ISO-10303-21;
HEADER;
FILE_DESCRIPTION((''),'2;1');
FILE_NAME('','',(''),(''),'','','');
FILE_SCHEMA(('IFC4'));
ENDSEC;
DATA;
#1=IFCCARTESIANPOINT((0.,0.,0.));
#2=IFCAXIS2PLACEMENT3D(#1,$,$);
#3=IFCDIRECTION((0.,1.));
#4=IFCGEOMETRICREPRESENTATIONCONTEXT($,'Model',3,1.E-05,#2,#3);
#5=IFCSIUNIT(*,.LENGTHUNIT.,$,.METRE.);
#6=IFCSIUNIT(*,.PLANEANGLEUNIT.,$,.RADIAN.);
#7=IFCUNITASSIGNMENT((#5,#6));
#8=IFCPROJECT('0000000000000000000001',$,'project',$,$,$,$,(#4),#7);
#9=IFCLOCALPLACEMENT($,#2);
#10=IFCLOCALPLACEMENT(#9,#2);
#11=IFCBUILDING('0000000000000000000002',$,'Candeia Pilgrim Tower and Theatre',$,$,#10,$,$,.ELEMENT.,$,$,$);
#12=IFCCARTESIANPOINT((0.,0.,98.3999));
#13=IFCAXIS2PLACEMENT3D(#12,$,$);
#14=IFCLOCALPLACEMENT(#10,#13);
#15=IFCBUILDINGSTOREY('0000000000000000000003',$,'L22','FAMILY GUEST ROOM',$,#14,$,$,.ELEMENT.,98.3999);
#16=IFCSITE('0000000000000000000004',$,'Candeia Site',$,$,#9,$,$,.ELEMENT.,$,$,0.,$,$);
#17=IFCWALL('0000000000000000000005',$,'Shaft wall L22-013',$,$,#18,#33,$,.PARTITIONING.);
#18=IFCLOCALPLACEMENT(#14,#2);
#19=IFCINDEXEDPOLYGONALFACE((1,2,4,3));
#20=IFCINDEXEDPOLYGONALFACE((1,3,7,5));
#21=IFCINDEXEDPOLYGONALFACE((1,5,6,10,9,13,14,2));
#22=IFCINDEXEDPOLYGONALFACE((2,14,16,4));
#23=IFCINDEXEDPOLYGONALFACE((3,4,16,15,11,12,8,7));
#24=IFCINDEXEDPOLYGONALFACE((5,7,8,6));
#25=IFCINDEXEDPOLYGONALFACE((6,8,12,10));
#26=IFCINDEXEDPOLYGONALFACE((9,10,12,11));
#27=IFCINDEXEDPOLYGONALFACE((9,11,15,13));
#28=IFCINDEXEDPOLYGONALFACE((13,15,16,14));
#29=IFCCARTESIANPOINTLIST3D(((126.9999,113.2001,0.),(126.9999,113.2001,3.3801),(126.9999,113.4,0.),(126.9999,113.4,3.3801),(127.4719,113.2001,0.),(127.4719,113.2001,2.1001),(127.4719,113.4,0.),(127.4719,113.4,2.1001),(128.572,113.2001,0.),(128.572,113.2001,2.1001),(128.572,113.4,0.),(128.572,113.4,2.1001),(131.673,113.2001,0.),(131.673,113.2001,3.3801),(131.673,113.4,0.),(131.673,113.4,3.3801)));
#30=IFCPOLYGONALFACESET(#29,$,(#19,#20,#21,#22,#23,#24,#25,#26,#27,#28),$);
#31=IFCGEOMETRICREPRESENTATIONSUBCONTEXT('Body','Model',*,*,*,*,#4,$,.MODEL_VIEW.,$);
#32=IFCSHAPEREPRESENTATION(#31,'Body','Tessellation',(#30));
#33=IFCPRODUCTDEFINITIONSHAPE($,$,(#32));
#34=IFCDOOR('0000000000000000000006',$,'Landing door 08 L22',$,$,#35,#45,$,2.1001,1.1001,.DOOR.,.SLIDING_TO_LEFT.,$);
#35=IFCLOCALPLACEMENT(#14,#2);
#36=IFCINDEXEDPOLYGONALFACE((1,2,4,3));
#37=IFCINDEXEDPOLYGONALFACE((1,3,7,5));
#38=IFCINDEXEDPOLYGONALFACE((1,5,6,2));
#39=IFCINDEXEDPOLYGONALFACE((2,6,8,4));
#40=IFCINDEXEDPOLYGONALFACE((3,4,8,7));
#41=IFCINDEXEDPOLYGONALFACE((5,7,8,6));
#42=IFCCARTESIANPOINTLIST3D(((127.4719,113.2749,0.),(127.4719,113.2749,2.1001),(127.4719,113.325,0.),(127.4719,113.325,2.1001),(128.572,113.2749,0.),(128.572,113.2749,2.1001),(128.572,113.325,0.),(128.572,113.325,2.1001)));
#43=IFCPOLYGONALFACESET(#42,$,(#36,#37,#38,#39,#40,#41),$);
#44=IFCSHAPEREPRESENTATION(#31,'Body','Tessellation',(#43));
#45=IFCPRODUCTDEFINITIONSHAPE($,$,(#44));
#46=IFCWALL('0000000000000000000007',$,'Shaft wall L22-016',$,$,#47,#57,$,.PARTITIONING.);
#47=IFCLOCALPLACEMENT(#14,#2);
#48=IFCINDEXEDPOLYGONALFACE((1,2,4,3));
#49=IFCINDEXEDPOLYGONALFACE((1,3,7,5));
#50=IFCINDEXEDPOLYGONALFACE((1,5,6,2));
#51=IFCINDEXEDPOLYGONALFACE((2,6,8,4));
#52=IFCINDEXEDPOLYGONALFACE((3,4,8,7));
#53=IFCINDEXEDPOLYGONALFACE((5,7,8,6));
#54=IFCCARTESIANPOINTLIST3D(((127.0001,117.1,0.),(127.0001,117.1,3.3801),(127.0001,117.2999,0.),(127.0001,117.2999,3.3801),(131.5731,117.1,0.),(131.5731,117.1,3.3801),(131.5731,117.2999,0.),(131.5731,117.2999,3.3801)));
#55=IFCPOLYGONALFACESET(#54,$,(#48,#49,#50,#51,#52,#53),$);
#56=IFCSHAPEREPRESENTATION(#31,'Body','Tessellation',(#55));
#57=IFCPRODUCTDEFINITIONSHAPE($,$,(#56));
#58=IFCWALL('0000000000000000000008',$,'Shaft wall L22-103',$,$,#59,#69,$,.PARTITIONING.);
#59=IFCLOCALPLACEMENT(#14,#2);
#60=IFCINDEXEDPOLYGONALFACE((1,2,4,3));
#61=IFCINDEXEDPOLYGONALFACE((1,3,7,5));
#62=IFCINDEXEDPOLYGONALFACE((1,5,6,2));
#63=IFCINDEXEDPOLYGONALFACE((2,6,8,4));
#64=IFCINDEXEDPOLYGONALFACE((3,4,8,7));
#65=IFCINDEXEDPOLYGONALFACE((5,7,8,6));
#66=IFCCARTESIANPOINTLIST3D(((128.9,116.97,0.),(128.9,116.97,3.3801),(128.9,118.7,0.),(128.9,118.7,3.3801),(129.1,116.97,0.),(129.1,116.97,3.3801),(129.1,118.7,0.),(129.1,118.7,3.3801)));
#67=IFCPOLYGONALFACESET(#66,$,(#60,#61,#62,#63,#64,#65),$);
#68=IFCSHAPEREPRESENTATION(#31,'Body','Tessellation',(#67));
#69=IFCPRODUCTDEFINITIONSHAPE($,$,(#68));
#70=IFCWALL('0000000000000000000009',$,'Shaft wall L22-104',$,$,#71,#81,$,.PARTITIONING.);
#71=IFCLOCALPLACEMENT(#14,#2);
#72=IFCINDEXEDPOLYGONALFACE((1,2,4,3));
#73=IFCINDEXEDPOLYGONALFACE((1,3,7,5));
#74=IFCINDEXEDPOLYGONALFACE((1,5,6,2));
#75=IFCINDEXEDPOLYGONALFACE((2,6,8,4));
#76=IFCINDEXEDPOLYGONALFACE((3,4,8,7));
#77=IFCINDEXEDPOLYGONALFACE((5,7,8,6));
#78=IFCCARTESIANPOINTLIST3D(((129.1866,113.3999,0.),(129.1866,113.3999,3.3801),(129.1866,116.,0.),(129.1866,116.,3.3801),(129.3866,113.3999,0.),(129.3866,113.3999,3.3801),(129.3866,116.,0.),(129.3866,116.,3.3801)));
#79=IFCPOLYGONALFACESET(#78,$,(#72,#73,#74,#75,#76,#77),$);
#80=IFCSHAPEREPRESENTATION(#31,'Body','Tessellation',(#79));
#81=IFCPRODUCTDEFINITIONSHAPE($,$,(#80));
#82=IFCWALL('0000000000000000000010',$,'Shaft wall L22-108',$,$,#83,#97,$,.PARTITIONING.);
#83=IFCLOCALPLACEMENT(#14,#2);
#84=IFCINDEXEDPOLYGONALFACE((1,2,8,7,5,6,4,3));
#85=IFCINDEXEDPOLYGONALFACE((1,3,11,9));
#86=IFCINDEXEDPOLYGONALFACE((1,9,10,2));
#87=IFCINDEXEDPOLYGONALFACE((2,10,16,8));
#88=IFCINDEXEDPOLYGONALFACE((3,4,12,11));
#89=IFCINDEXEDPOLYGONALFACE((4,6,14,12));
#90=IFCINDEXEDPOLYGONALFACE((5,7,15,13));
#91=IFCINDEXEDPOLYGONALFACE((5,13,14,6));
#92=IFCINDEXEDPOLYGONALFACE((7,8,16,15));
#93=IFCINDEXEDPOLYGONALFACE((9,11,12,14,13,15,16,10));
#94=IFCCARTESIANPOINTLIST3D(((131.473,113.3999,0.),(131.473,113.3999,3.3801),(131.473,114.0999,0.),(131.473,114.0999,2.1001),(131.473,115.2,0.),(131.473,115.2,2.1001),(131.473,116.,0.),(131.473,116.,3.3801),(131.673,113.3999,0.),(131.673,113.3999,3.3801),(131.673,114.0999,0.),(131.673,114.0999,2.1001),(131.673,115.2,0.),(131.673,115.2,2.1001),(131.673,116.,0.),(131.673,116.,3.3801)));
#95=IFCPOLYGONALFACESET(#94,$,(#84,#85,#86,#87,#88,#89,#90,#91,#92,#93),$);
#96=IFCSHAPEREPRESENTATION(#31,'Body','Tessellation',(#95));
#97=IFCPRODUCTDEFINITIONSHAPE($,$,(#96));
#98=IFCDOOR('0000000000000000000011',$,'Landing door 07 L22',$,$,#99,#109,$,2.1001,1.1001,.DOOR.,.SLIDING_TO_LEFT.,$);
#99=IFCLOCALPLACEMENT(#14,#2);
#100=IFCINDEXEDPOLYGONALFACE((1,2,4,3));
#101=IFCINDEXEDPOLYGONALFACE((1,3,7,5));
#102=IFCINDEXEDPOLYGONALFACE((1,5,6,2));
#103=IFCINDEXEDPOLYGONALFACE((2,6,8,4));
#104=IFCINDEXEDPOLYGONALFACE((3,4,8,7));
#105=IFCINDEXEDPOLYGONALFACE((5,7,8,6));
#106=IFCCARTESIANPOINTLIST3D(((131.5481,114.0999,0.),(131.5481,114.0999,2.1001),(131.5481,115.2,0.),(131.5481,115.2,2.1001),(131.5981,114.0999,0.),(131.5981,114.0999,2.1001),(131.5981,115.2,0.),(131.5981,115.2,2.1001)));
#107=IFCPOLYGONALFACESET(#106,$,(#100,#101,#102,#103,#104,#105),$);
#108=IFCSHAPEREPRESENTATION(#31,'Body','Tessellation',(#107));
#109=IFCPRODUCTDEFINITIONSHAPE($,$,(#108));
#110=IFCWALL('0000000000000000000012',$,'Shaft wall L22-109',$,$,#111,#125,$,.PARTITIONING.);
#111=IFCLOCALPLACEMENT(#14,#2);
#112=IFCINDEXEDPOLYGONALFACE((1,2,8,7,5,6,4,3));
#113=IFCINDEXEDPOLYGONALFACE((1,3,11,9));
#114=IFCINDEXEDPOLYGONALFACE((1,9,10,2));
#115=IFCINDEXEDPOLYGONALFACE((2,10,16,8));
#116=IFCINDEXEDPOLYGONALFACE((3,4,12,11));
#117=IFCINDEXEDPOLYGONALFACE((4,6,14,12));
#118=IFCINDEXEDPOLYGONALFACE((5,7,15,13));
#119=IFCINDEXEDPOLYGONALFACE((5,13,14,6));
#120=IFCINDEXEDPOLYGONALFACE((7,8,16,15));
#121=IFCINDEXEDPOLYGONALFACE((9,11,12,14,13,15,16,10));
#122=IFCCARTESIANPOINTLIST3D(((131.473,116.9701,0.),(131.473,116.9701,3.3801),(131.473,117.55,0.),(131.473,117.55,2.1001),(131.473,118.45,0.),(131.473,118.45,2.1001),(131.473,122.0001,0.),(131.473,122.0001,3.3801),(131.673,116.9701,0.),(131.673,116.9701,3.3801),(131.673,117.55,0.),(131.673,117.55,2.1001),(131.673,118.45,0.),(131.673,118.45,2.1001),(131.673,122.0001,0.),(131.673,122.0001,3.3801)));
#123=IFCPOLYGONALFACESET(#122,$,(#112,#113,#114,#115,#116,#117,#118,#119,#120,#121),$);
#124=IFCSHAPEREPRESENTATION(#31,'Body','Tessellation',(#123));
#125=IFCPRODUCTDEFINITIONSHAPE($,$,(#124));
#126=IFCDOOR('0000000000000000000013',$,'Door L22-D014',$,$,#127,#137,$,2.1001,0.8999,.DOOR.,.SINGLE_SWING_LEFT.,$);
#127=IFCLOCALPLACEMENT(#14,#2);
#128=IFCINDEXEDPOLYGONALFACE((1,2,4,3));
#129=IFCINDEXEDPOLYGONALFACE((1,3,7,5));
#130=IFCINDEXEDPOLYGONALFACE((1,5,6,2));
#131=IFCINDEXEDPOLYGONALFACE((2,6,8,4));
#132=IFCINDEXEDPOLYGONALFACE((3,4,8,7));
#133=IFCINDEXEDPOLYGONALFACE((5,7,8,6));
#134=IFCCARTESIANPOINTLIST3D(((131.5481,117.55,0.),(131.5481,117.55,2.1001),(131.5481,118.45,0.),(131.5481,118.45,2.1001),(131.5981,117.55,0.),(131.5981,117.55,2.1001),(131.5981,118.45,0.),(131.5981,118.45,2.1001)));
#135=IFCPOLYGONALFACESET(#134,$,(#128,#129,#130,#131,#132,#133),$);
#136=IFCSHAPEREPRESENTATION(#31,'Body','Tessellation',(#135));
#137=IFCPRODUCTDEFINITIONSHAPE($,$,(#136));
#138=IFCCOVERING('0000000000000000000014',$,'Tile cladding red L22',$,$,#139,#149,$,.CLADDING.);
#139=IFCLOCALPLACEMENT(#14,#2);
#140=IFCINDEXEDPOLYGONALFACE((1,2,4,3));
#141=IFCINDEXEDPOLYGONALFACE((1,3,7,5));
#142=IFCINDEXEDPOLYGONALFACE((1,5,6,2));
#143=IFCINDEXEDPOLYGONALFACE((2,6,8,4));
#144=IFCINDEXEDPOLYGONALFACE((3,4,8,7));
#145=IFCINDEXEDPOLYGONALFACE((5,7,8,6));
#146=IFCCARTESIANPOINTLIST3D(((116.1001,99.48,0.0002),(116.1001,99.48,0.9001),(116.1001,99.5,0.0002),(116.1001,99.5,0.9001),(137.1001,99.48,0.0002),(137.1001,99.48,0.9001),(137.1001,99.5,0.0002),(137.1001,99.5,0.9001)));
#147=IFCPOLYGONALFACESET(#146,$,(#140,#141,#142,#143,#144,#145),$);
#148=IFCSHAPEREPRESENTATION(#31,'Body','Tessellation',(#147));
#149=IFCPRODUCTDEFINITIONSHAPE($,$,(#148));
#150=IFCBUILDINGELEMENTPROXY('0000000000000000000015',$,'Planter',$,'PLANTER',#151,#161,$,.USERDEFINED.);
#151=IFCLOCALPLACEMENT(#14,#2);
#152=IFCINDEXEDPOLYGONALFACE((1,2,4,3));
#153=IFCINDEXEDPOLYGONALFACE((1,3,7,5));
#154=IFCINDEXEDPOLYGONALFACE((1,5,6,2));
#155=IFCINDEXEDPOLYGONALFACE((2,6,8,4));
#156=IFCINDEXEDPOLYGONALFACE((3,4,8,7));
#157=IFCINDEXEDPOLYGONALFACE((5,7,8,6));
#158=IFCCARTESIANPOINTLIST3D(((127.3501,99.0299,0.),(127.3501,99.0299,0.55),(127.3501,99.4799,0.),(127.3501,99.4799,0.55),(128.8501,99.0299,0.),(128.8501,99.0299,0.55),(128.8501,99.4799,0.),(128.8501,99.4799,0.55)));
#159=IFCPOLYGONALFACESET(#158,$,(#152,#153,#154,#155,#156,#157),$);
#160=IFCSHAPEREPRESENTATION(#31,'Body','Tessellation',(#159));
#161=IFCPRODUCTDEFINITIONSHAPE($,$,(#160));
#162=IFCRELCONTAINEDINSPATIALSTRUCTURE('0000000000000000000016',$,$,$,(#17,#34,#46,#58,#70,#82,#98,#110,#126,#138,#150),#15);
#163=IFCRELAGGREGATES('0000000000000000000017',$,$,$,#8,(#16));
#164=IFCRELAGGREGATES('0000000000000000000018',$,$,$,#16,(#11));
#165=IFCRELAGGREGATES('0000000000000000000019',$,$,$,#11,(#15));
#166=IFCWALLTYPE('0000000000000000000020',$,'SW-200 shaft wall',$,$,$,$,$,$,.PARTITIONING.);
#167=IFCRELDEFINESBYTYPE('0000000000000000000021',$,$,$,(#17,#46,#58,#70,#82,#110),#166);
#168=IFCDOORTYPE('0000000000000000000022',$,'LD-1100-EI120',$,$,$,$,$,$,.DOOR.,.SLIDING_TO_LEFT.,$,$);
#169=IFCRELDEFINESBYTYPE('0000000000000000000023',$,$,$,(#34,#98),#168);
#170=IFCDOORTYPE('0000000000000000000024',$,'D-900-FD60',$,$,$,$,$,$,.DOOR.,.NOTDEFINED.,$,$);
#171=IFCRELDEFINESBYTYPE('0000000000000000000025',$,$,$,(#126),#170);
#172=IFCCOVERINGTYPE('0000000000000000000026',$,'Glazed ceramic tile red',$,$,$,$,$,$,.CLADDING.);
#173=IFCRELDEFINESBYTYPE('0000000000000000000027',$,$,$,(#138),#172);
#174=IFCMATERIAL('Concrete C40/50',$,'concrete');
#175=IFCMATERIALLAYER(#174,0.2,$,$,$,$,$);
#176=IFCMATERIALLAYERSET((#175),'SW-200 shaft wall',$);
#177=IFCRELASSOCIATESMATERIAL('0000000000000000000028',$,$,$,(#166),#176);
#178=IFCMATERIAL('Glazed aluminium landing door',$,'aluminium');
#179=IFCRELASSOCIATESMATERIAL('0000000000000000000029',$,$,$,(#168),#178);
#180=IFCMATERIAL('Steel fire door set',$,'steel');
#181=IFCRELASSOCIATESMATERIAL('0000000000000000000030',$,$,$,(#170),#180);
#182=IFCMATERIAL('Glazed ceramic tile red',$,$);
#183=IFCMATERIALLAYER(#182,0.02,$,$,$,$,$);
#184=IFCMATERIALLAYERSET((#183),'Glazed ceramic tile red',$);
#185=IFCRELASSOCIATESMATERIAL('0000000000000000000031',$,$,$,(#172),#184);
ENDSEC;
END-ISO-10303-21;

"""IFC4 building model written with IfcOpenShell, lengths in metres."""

from ifc_helpers import new_model, si_unit, direction, frame, frame_2d, origin, origin_2d, place, context, subcontext, project, spatial, rectangle, extrude, material, layer, layer_set, type_object, element, fill, save


model = new_model("IFC4")

# Units and contexts
model_context = context("Model", 3, precision=1e-05, world=origin(), true_north=direction((0.0, 1.0)))
body_context = subcontext(model_context, "Body", "Model", "MODEL_VIEW")
ifc_project = project(units=[si_unit("LENGTHUNIT", "METRE"), si_unit("PLANEANGLEUNIT", "RADIAN")], contexts=[model_context])

# Site, building, storey
site_placement = place(None, origin())
site = spatial("IfcSite", under=ifc_project, at=site_placement, Name="Candeia Site", CompositionType="ELEMENT", RefElevation=0.0)
building_placement = place(site_placement, origin())
building = spatial("IfcBuilding", under=site, at=building_placement, Name="Candeia Pilgrim Tower and Theatre", CompositionType="ELEMENT")
storey_placement = place(building_placement, frame((0.0, 0.0, 98.3999)))
storey = spatial("IfcBuildingStorey", under=building, at=storey_placement, Name="L22", Description="FAMILY GUEST ROOM", CompositionType="ELEMENT", Elevation=98.3999)

# Shared definitions
ifc_material_1 = material(Name="Steel fire door set", Category="steel")

# Wall, opening, door
ifc_material_2 = material(Name="Concrete C40/50", Category="concrete")
ifc_layer_1 = layer(ifc_material_2, 0.2)
ifc_layer_set_1 = layer_set([ifc_layer_1], Name="SW-200 shaft wall")
wall_type_1 = type_object("IfcWallType", Name="SW-200 shaft wall", PredefinedType="PARTITIONING", material=ifc_layer_set_1)
wall_1_placement = place(storey_placement, frame((127.0, 113.3, 0.0), z_axis=(0.0, 0.0, 1.0), x_axis=(1.0, 0.0, 0.0)))
wall_1 = element("IfcWall", 1, at=wall_1_placement, inside=storey, type_object=wall_type_1, Name="Shaft wall L22-013", PredefinedType="PARTITIONING", context=body_context, shape_type="SweptSolid", body=[
    extrude(rectangle(XDim=4.6731, YDim=0.2, at=frame_2d((2.3364, 0.0))), origin(), (0.0, 0.0, 1.0), 3.3801),
])
opening_1_placement = place(wall_1_placement, frame((0.4719, 0.0, 0.0)))
opening_1 = element("IfcOpeningElement", 2, at=opening_1_placement, cuts=wall_1, PredefinedType="OPENING", context=body_context, shape_type="SweptSolid", body=[
    extrude(rectangle(XDim=1.1001, YDim=2.1001, at=frame_2d((0.55, 1.05))), frame((0.0, 0.1099, 0.0), z_axis=(0.0, -1.0, 0.0), x_axis=(1.0, 0.0, 0.0)), (0.0, 0.0, 1.0), 0.22),
])
ifc_material_3 = material(Name="Glazed aluminium landing door", Category="aluminium")
door_type_1 = type_object("IfcDoorType", Name="LD-1100-EI120", OperationType="SLIDING_TO_LEFT", PredefinedType="DOOR", material=ifc_material_3)
door_1_placement = place(opening_1_placement, origin())
door_1 = element("IfcDoor", 3, at=door_1_placement, inside=storey, type_object=door_type_1, Name="Landing door 08 L22", OperationType="SLIDING_TO_LEFT", OverallHeight=2.1001, OverallWidth=1.1001, PredefinedType="DOOR", context=body_context, shape_type="SweptSolid", body=[
    extrude(rectangle(XDim=1.1001, YDim=2.1001, at=frame_2d((0.55, 1.05))), frame((0.0, 0.0249, 0.0), z_axis=(0.0, -1.0, 0.0), x_axis=(1.0, 0.0, 0.0)), (0.0, 0.0, 1.0), 0.05),
])
fill(opening_1, door_1)

# Walls
wall_2_placement = place(storey_placement, frame((127.0, 117.2, 0.0), z_axis=(0.0, 0.0, 1.0), x_axis=(1.0, 0.0, 0.0)))
element("IfcWall", 4, at=wall_2_placement, inside=storey, type_object=wall_type_1, Name="Shaft wall L22-016", PredefinedType="PARTITIONING", context=body_context, shape_type="SweptSolid", body=[
    extrude(rectangle(XDim=4.573, YDim=0.2, at=frame_2d((2.2866, 0.0))), origin(), (0.0, 0.0, 1.0), 3.3801),
])
wall_3_placement = place(storey_placement, frame((129.0, 116.97, 0.0), z_axis=(0.0, 0.0, 1.0), x_axis=(0.0, 1.0, 0.0)))
element("IfcWall", 5, at=wall_3_placement, inside=storey, type_object=wall_type_1, Name="Shaft wall L22-103", PredefinedType="PARTITIONING", context=body_context, shape_type="SweptSolid", body=[
    extrude(rectangle(XDim=1.73, YDim=0.2, at=frame_2d((0.865, 0.0))), origin(), (0.0, 0.0, 1.0), 3.3801),
])
wall_4_placement = place(storey_placement, frame((129.2866, 113.3999, 0.0), z_axis=(0.0, 0.0, 1.0), x_axis=(0.0, 1.0, 0.0)))
element("IfcWall", 6, at=wall_4_placement, inside=storey, type_object=wall_type_1, Name="Shaft wall L22-104", PredefinedType="PARTITIONING", context=body_context, shape_type="SweptSolid", body=[
    extrude(rectangle(XDim=2.6001, YDim=0.2, at=frame_2d((1.3, 0.0))), origin(), (0.0, 0.0, 1.0), 3.3801),
])

# Walls, openings, doors
wall_5_placement = place(storey_placement, frame((131.573, 113.3999, 0.0), z_axis=(0.0, 0.0, 1.0), x_axis=(0.0, 1.0, 0.0)))
wall_5 = element("IfcWall", 7, at=wall_5_placement, inside=storey, type_object=wall_type_1, Name="Shaft wall L22-108", PredefinedType="PARTITIONING", context=body_context, shape_type="SweptSolid", body=[
    extrude(rectangle(XDim=2.6001, YDim=0.2, at=frame_2d((1.3, 0.0))), origin(), (0.0, 0.0, 1.0), 3.3801),
])
opening_2_placement = place(wall_5_placement, frame((0.7, 0.0, 0.0)))
opening_2 = element("IfcOpeningElement", 8, at=opening_2_placement, cuts=wall_5, PredefinedType="OPENING", context=body_context, shape_type="SweptSolid", body=[
    extrude(rectangle(XDim=1.1001, YDim=2.1001, at=frame_2d((0.55, 1.05))), frame((0.0, 0.1099, 0.0), z_axis=(0.0, -1.0, 0.0), x_axis=(1.0, 0.0, 0.0)), (0.0, 0.0, 1.0), 0.22),
])
door_2_placement = place(opening_2_placement, origin())
door_2 = element("IfcDoor", 9, at=door_2_placement, inside=storey, type_object=door_type_1, Name="Landing door 07 L22", OperationType="SLIDING_TO_LEFT", OverallHeight=2.1001, OverallWidth=1.1001, PredefinedType="DOOR", context=body_context, shape_type="SweptSolid", body=[
    extrude(rectangle(XDim=1.1001, YDim=2.1001, at=frame_2d((0.55, 1.05))), frame((0.0, 0.0249, 0.0), z_axis=(0.0, -1.0, 0.0), x_axis=(1.0, 0.0, 0.0)), (0.0, 0.0, 1.0), 0.05),
])
fill(opening_2, door_2)
wall_6_placement = place(storey_placement, frame((131.573, 116.97, 0.0), z_axis=(0.0, 0.0, 1.0), x_axis=(0.0, 1.0, 0.0)))
wall_6 = element("IfcWall", 10, at=wall_6_placement, inside=storey, type_object=wall_type_1, Name="Shaft wall L22-109", PredefinedType="PARTITIONING", context=body_context, shape_type="SweptSolid", body=[
    extrude(rectangle(XDim=5.03, YDim=0.2, at=frame_2d((2.5151, 0.0))), origin(), (0.0, 0.0, 1.0), 3.3801),
])
opening_3_placement = place(wall_6_placement, frame((0.5801, 0.0, 0.0)))
opening_3 = element("IfcOpeningElement", 11, at=opening_3_placement, cuts=wall_6, PredefinedType="OPENING", context=body_context, shape_type="SweptSolid", body=[
    extrude(rectangle(XDim=0.8999, YDim=2.1001, at=frame_2d((0.45, 1.05))), frame((0.0, 0.1099, 0.0), z_axis=(0.0, -1.0, 0.0), x_axis=(1.0, 0.0, 0.0)), (0.0, 0.0, 1.0), 0.22),
])
door_type_2 = type_object("IfcDoorType", Name="D-900-FD60", OperationType="NOTDEFINED", PredefinedType="DOOR", material=ifc_material_1)
door_3_placement = place(opening_3_placement, origin())
door_3 = element("IfcDoor", 12, at=door_3_placement, inside=storey, type_object=door_type_2, Name="Door L22-D014", OperationType="SINGLE_SWING_LEFT", OverallHeight=2.1001, OverallWidth=0.8999, PredefinedType="DOOR", context=body_context, shape_type="SweptSolid", body=[
    extrude(rectangle(XDim=0.8999, YDim=2.1001, at=frame_2d((0.45, 1.05))), frame((0.0, 0.0249, 0.0), z_axis=(0.0, -1.0, 0.0), x_axis=(1.0, 0.0, 0.0)), (0.0, 0.0, 1.0), 0.05),
])
fill(opening_3, door_3)

# Covering
ifc_material_4 = material(Name="Glazed ceramic tile red")
ifc_layer_2 = layer(ifc_material_4, 0.02)
ifc_layer_set_2 = layer_set([ifc_layer_2], Name="Glazed ceramic tile red")
covering_type = type_object("IfcCoveringType", Name="Glazed ceramic tile red", PredefinedType="CLADDING", material=ifc_layer_set_2)
covering_placement = place(storey_placement, frame((126.6001, 99.49, 0.0002), z_axis=(0.0, 0.0, 1.0), x_axis=(1.0, 0.0, 0.0)))
element("IfcCovering", 13, at=covering_placement, inside=storey, type_object=covering_type, Name="Tile cladding red L22", PredefinedType="CLADDING", context=body_context, shape_type="SweptSolid", body=[
    extrude(rectangle(XDim=21.0, YDim=0.02, at=origin_2d()), origin(), (0.0, 0.0, 1.0), 0.8999),
])

# Building element proxy
proxy_placement = place(storey_placement, frame((128.1001, 99.2549, 0.0), z_axis=(0.0, 0.0, 1.0), x_axis=(1.0, 0.0, 0.0)))
element("IfcBuildingElementProxy", 14, at=proxy_placement, inside=storey, Name="Planter", ObjectType="PLANTER", PredefinedType="USERDEFINED", context=body_context, shape_type="SweptSolid", body=[
    extrude(rectangle(XDim=1.5, YDim=0.45, at=origin_2d()), origin(), (0.0, 0.0, 1.0), 0.55),
])

save(model, "model.ifc")
